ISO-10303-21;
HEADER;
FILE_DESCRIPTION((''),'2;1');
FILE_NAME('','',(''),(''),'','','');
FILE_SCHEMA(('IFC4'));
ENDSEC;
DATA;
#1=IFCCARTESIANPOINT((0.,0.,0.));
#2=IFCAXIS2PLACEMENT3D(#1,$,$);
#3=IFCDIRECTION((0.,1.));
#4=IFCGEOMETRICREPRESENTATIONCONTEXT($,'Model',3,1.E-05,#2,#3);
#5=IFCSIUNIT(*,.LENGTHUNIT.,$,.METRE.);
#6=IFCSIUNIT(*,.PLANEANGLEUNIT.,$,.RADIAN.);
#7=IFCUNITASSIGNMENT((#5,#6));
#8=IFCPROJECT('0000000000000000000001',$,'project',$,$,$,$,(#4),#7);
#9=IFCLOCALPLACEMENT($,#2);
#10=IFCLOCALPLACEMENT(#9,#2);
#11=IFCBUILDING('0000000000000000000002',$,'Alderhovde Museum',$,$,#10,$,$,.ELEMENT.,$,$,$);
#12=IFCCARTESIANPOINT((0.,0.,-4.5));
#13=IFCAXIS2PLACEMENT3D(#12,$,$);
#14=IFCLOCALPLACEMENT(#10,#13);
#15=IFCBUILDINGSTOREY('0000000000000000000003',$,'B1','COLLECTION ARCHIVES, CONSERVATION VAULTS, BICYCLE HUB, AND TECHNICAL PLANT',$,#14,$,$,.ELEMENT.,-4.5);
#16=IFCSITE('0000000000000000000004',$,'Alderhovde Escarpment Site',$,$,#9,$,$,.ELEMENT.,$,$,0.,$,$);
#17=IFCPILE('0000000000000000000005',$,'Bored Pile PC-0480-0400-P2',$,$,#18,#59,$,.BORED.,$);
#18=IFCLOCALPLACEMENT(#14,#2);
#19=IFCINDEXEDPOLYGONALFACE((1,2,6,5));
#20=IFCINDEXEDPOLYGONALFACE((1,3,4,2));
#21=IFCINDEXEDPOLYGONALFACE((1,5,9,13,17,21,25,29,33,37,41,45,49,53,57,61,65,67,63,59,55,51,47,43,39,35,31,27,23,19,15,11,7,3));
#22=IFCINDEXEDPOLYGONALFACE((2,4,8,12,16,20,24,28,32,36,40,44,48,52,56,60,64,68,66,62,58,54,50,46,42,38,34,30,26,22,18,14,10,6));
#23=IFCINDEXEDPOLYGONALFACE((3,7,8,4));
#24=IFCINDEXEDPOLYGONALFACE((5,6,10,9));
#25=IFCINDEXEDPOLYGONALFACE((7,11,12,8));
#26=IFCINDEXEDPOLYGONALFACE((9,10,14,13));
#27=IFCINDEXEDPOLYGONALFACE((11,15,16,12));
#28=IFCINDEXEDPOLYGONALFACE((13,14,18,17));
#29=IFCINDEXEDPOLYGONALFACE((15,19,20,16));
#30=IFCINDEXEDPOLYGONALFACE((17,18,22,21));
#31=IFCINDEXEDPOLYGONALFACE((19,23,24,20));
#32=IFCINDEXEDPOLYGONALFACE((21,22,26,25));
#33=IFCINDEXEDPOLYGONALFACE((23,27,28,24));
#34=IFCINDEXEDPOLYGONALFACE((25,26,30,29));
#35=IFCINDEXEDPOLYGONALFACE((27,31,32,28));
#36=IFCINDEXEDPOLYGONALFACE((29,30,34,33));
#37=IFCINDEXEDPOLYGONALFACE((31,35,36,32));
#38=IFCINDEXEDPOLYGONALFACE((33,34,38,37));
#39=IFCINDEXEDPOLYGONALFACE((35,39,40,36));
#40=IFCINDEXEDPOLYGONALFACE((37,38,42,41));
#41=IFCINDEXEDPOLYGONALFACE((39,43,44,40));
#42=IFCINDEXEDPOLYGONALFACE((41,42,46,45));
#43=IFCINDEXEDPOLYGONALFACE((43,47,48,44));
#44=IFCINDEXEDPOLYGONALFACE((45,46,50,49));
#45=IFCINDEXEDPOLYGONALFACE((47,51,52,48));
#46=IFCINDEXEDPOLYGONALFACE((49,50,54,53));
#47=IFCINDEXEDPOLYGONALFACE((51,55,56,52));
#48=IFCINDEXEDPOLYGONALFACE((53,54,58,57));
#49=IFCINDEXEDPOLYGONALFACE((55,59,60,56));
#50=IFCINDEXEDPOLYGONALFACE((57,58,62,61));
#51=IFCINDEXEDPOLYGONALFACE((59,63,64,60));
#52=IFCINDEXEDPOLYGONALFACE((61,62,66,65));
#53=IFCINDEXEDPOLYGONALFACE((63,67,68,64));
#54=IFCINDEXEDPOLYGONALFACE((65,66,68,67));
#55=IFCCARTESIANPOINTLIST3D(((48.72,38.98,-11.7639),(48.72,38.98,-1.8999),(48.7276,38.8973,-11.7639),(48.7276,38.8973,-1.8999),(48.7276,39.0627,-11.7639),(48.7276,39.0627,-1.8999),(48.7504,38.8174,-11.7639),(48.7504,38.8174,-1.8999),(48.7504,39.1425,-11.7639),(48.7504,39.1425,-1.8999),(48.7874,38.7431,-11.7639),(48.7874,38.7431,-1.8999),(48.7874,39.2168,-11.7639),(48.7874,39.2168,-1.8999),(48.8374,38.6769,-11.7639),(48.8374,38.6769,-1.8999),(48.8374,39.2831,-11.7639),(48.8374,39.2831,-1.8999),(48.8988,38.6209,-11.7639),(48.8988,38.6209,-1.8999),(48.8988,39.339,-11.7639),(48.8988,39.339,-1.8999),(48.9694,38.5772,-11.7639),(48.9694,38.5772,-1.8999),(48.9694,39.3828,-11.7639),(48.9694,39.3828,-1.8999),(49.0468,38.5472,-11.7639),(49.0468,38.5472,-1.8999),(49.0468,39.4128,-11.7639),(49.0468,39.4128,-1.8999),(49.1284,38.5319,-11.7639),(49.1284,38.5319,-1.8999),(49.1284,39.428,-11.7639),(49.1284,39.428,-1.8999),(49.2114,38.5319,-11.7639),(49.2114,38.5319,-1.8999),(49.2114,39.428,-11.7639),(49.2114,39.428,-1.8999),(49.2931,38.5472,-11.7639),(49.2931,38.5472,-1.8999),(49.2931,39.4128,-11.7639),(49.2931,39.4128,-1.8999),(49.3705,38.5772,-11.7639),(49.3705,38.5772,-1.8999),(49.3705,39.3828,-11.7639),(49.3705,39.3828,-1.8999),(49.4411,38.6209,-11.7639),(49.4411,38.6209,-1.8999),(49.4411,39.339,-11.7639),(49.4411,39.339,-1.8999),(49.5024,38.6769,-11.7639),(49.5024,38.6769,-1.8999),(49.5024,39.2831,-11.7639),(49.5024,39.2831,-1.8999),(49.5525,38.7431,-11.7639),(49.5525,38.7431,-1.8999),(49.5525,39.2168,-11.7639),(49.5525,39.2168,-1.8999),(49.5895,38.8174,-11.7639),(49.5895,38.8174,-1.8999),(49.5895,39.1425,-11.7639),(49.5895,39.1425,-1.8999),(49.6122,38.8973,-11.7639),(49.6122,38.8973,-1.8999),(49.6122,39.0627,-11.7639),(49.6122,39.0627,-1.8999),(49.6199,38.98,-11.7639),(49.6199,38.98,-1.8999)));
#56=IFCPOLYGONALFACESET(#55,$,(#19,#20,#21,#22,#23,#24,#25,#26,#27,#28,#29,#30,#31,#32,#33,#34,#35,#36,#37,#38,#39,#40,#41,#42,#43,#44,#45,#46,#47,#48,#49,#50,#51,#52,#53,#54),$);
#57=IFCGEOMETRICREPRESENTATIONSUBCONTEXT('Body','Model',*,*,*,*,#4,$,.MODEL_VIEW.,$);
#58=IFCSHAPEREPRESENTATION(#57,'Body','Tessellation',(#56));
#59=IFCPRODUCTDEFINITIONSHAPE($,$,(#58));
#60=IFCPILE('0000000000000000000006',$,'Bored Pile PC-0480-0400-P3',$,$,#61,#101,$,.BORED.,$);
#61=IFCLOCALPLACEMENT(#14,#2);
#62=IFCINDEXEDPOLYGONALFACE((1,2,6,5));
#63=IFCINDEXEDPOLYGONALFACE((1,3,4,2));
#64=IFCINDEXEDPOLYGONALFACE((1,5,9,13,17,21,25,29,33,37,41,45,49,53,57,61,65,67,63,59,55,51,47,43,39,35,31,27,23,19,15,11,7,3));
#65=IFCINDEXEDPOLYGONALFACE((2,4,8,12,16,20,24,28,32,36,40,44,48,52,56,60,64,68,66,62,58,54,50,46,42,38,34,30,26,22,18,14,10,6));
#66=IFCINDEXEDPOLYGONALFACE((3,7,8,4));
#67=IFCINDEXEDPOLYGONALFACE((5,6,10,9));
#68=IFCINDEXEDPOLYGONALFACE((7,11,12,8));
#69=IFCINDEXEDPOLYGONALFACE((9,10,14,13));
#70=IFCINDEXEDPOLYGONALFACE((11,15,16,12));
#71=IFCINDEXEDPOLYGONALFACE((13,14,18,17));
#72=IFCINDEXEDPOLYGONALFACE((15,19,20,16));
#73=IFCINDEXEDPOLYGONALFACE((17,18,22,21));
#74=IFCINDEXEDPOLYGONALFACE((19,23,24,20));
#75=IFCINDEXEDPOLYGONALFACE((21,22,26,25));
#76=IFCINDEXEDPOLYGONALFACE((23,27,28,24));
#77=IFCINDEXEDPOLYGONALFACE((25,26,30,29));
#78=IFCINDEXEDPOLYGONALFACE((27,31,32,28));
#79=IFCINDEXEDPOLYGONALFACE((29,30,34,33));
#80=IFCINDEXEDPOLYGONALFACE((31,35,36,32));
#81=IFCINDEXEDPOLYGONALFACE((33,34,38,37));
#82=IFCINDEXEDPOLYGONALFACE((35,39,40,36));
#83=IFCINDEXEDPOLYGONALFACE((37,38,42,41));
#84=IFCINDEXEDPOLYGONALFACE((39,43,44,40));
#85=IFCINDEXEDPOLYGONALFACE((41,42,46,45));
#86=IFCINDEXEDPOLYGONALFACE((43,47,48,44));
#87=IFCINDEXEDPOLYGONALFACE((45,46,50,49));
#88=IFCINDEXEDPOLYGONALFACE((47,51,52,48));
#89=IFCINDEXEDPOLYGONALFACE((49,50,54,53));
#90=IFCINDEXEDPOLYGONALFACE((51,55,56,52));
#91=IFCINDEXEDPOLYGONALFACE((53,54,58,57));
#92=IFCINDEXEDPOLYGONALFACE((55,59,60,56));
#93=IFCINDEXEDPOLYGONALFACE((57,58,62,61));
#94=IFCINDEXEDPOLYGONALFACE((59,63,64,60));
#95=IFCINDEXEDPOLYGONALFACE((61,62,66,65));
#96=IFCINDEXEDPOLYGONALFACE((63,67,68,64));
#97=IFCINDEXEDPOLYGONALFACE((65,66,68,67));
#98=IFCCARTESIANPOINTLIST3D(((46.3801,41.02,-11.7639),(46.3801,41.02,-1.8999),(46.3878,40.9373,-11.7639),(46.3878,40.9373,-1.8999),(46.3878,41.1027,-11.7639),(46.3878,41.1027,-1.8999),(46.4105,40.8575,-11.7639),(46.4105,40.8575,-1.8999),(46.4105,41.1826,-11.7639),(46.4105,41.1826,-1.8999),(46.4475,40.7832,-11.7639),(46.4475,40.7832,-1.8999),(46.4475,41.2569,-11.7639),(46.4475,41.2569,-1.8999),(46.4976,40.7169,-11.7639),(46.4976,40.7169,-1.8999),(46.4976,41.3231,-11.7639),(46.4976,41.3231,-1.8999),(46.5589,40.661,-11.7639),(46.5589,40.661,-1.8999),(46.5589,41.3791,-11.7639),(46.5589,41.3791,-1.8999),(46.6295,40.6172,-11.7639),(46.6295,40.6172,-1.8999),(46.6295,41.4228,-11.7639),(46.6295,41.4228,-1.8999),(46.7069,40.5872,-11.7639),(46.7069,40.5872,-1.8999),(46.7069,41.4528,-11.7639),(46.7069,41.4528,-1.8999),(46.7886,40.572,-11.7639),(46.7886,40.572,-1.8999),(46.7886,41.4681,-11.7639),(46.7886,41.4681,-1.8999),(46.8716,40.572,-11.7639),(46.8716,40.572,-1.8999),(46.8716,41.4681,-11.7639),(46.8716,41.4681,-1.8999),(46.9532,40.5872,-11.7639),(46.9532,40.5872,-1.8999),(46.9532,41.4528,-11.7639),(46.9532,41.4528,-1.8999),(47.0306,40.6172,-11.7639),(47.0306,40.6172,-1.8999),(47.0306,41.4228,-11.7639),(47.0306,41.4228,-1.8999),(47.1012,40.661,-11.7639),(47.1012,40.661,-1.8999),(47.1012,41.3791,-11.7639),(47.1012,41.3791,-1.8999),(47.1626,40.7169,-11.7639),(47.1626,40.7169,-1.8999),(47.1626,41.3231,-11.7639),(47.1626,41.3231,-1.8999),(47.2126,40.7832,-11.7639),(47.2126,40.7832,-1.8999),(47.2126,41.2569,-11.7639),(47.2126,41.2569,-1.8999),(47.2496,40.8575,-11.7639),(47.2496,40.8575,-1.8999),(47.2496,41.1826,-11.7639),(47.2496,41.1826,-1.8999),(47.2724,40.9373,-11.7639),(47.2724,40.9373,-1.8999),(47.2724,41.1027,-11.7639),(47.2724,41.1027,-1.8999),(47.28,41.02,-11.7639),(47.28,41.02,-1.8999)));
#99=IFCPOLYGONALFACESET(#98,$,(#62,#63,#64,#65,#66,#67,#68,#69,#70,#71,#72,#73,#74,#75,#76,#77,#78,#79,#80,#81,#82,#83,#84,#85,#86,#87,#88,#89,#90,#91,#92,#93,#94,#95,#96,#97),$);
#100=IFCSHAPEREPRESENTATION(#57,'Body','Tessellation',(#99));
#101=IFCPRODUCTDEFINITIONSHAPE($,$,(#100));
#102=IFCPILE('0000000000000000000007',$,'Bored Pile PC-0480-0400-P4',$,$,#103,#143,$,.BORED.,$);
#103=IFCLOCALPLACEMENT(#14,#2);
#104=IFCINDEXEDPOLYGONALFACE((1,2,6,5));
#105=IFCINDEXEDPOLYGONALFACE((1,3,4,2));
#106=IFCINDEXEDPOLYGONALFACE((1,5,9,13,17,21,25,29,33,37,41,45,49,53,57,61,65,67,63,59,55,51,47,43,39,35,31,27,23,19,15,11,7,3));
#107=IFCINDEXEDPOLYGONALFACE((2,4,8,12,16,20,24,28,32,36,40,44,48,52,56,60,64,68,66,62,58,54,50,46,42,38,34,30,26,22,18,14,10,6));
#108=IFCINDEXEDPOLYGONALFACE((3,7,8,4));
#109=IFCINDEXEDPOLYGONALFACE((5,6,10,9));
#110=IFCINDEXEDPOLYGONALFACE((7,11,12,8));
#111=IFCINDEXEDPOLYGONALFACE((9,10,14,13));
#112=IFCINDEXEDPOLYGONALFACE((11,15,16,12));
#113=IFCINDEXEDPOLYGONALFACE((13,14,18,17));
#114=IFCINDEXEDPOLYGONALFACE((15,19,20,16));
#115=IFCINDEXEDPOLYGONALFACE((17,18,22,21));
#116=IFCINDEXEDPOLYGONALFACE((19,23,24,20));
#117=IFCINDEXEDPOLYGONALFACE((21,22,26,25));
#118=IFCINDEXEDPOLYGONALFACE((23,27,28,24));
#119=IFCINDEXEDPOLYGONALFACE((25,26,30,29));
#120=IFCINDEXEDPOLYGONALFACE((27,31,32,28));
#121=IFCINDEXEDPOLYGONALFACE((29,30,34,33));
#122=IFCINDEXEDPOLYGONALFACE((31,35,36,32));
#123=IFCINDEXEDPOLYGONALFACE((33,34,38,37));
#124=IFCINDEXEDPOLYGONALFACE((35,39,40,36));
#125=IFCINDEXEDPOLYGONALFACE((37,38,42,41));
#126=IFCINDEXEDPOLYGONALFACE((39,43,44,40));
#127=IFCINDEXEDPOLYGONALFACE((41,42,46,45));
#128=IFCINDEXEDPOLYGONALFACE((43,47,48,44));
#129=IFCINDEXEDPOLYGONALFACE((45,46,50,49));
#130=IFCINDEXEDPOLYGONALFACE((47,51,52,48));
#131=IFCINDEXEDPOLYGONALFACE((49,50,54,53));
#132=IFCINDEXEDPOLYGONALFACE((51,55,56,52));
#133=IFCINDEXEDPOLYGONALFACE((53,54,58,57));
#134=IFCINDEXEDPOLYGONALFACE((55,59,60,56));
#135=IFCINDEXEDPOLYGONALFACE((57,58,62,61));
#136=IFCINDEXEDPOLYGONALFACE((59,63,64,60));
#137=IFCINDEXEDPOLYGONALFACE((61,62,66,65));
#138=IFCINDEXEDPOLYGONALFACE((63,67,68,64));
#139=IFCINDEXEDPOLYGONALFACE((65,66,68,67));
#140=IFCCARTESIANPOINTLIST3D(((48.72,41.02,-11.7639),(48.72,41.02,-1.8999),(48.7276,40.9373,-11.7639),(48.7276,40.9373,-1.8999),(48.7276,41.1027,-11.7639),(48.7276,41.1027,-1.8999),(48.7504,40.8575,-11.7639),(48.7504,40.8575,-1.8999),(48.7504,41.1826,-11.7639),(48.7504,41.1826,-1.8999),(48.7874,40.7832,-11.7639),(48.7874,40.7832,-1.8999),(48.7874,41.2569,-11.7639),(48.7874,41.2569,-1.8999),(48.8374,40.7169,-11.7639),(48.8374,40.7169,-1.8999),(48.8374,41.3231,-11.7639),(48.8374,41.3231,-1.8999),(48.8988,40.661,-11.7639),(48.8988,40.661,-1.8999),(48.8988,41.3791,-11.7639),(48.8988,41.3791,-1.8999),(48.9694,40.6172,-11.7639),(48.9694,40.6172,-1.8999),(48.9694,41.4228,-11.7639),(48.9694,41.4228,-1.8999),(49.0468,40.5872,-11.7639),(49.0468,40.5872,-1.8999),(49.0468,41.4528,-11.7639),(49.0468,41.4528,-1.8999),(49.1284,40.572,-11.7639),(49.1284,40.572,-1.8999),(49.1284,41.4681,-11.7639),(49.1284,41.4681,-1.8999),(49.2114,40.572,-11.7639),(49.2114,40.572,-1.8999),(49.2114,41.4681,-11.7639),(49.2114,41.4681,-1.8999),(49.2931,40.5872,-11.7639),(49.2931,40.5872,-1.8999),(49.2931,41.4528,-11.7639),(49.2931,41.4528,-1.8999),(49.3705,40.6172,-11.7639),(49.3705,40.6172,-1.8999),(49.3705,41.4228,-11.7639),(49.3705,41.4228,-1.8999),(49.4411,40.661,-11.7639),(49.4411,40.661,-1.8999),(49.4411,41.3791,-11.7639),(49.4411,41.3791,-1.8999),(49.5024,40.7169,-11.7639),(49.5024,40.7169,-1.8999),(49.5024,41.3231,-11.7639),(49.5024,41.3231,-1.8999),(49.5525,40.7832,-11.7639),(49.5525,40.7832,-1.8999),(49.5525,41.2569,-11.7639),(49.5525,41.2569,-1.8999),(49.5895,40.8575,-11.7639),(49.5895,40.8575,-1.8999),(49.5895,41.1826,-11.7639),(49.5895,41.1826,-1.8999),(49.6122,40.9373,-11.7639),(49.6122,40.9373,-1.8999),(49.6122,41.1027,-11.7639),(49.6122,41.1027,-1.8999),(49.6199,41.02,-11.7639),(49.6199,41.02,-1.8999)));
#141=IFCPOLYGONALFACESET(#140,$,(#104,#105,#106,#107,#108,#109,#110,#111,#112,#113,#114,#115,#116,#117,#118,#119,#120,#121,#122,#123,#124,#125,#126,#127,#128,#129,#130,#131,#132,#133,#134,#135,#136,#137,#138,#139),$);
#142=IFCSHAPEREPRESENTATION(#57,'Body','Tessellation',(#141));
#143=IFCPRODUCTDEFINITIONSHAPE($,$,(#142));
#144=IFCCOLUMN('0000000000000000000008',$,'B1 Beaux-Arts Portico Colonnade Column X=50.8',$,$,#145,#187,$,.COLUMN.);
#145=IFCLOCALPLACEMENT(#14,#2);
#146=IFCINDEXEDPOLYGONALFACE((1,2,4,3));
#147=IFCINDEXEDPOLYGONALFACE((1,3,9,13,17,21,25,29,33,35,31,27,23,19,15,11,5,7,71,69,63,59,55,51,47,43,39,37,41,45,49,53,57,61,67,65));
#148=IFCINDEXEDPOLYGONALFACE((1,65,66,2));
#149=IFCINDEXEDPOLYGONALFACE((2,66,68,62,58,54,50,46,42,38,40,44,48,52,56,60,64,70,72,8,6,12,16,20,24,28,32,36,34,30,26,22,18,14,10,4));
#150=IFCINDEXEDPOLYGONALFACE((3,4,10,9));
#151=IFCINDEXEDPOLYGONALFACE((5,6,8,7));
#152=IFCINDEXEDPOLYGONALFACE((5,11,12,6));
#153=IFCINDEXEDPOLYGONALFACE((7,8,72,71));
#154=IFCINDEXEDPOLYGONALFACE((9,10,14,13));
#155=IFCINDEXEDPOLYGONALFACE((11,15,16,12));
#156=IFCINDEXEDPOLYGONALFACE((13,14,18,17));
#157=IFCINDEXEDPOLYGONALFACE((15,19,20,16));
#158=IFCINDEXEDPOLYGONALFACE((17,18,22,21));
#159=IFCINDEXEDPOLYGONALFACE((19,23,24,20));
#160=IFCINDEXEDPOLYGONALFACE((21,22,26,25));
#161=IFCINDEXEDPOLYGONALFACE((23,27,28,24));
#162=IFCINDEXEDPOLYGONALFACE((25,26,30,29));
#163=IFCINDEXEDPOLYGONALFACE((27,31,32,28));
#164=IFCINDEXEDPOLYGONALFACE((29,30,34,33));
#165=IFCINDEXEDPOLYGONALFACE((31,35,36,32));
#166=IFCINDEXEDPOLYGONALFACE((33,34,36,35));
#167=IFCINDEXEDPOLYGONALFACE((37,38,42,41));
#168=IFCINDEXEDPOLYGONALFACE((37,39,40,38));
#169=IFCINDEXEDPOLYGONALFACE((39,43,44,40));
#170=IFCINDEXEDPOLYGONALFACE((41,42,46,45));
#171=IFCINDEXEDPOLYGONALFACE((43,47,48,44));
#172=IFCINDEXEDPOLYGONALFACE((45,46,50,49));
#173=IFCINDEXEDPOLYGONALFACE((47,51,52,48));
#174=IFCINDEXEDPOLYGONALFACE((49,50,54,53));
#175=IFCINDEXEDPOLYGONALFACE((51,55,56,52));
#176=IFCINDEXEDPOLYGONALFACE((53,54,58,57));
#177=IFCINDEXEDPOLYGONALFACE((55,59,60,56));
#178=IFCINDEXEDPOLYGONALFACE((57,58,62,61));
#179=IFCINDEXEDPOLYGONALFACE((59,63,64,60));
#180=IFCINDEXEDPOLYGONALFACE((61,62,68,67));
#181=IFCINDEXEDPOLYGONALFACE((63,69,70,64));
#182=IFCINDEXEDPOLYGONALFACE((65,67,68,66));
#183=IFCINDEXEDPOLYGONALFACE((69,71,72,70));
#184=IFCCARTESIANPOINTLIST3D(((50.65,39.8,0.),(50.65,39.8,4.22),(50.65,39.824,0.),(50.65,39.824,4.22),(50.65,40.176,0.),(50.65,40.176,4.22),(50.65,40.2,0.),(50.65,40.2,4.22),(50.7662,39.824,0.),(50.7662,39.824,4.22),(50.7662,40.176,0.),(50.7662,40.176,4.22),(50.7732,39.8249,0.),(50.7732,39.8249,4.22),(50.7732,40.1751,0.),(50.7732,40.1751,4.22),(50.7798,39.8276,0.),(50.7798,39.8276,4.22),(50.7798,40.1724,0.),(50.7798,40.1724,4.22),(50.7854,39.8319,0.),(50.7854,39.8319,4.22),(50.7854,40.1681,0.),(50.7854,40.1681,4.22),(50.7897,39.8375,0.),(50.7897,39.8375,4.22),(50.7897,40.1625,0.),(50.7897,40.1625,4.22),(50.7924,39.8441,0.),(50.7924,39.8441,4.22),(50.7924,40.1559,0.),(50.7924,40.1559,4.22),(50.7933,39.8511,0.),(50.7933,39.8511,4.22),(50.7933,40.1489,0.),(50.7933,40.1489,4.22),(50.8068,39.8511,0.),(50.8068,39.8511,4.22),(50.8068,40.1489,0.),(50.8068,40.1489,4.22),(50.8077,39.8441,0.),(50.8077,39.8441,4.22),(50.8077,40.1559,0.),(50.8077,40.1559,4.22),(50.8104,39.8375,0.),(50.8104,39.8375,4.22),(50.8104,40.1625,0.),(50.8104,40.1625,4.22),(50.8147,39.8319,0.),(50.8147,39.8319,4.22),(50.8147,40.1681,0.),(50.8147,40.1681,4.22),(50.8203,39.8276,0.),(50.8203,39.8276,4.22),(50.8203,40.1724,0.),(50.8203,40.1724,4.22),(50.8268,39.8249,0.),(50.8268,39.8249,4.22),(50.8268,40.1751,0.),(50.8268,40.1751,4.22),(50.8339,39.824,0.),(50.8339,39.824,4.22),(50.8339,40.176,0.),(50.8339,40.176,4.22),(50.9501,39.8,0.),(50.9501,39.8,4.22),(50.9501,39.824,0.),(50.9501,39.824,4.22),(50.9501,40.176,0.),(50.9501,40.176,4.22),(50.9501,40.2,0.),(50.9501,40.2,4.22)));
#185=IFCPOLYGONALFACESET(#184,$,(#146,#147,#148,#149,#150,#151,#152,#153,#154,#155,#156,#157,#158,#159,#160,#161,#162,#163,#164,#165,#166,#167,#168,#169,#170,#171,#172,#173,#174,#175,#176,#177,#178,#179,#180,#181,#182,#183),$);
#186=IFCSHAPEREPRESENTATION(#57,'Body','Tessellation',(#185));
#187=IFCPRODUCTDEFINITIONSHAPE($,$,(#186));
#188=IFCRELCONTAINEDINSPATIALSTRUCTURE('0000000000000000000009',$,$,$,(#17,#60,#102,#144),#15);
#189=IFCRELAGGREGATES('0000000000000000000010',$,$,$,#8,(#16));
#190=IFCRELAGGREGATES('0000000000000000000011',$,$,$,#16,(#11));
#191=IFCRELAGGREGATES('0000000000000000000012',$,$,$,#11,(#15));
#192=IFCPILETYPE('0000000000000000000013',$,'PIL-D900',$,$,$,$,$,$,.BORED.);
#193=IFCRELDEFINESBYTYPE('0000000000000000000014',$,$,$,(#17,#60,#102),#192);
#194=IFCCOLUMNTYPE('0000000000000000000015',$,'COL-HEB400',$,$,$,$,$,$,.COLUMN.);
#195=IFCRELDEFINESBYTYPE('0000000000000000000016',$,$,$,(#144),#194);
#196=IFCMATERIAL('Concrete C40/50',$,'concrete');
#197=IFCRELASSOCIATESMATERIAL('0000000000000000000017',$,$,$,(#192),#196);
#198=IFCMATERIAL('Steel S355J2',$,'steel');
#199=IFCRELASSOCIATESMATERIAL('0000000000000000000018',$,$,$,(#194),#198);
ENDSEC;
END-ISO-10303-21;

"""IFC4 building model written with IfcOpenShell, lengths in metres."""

from ifc_helpers import new_model, si_unit, direction, frame, origin, origin_2d, place, context, subcontext, project, spatial, circle, i_section, extrude, material, material_profile, profile_set, type_object, element, save


model = new_model("IFC4")

# Units and contexts
model_context = context("Model", 3, precision=1e-05, world=origin(), true_north=direction((0.0, 1.0)))
body_context = subcontext(model_context, "Body", "Model", "MODEL_VIEW")
ifc_project = project(units=[si_unit("LENGTHUNIT", "METRE"), si_unit("PLANEANGLEUNIT", "RADIAN")], contexts=[model_context])

# Site, building, storey
site_placement = place(None, origin())
site = spatial("IfcSite", under=ifc_project, at=site_placement, Name="Alderhovde Escarpment Site", CompositionType="ELEMENT", RefElevation=0.0)
building_placement = place(site_placement, origin())
building = spatial("IfcBuilding", under=site, at=building_placement, Name="Alderhovde Museum", CompositionType="ELEMENT")
storey_placement = place(building_placement, frame((0.0, 0.0, -4.5)))
storey = spatial("IfcBuildingStorey", under=building, at=storey_placement, Name="B1", Description="COLLECTION ARCHIVES, CONSERVATION VAULTS, BICYCLE HUB, AND TECHNICAL PLANT", CompositionType="ELEMENT", Elevation=-4.5)

# Piles
ifc_material_1 = material(Name="Concrete C40/50", Category="concrete")
ifc_material_profile_1 = material_profile(ifc_material_1, circle(Radius=0.45, at=origin_2d()), Name="PILE-D900")
ifc_profile_set_1 = profile_set([ifc_material_profile_1], Name="Concrete C40/50")
pile_type_1 = type_object("IfcPileType", Name="PIL-D900", PredefinedType="BORED", material=ifc_profile_set_1)
for number, where, z_axis, x_axis, name in (
    (1, (49.1699, 38.98, -1.8999), (0.0, 0.0, -1.0), (1.0, 0.0, 0.0), "Bored Pile PC-0480-0400-P2"),
    (2, (46.8301, 41.02, -1.8999), (0.0, 0.0, -1.0), (1.0, 0.0, 0.0), "Bored Pile PC-0480-0400-P3"),
    (3, (49.1699, 41.02, -1.8999), (0.0, 0.0, -1.0), (1.0, 0.0, 0.0), "Bored Pile PC-0480-0400-P4"),
):
    element("IfcPile", number, at=place(storey_placement, frame(where, z_axis=z_axis, x_axis=x_axis)), inside=storey, type_object=pile_type_1, Name=name, PredefinedType="BORED", context=body_context, shape_type="SweptSolid", body=[
        extrude(circle(Radius=0.45, at=origin_2d()), origin(), (0.0, 0.0, 1.0), 9.864),
    ])

# Column
ifc_material_2 = material(Name="Steel S355J2", Category="steel")
ifc_material_profile_2 = material_profile(ifc_material_2, i_section(OverallWidth=0.3, OverallDepth=0.3999, WebThickness=0.0134, FlangeThickness=0.0239, FilletRadius=0.0271, at=origin_2d()), Name="HEB 400")
ifc_profile_set_2 = profile_set([ifc_material_profile_2], Name="Steel S355J2")
column_type_1 = type_object("IfcColumnType", Name="COL-HEB400", PredefinedType="COLUMN", material=ifc_profile_set_2)
for number, where, z_axis, x_axis, name in (
    (4, (50.8, 40.0, 0.0), (0.0, 0.0, 1.0), (1.0, 0.0, 0.0), "B1 Beaux-Arts Portico Colonnade Column X=50.8"),
):
    element("IfcColumn", number, at=place(storey_placement, frame(where, z_axis=z_axis, x_axis=x_axis)), inside=storey, type_object=column_type_1, Name=name, PredefinedType="COLUMN", context=body_context, shape_type="SweptSolid", body=[
        extrude(i_section(OverallWidth=0.3, OverallDepth=0.3999, WebThickness=0.0134, FlangeThickness=0.0239, FilletRadius=0.0271, at=origin_2d()), origin(), (0.0, 0.0, 1.0), 4.22),
    ])

save(model, "model.ifc")
